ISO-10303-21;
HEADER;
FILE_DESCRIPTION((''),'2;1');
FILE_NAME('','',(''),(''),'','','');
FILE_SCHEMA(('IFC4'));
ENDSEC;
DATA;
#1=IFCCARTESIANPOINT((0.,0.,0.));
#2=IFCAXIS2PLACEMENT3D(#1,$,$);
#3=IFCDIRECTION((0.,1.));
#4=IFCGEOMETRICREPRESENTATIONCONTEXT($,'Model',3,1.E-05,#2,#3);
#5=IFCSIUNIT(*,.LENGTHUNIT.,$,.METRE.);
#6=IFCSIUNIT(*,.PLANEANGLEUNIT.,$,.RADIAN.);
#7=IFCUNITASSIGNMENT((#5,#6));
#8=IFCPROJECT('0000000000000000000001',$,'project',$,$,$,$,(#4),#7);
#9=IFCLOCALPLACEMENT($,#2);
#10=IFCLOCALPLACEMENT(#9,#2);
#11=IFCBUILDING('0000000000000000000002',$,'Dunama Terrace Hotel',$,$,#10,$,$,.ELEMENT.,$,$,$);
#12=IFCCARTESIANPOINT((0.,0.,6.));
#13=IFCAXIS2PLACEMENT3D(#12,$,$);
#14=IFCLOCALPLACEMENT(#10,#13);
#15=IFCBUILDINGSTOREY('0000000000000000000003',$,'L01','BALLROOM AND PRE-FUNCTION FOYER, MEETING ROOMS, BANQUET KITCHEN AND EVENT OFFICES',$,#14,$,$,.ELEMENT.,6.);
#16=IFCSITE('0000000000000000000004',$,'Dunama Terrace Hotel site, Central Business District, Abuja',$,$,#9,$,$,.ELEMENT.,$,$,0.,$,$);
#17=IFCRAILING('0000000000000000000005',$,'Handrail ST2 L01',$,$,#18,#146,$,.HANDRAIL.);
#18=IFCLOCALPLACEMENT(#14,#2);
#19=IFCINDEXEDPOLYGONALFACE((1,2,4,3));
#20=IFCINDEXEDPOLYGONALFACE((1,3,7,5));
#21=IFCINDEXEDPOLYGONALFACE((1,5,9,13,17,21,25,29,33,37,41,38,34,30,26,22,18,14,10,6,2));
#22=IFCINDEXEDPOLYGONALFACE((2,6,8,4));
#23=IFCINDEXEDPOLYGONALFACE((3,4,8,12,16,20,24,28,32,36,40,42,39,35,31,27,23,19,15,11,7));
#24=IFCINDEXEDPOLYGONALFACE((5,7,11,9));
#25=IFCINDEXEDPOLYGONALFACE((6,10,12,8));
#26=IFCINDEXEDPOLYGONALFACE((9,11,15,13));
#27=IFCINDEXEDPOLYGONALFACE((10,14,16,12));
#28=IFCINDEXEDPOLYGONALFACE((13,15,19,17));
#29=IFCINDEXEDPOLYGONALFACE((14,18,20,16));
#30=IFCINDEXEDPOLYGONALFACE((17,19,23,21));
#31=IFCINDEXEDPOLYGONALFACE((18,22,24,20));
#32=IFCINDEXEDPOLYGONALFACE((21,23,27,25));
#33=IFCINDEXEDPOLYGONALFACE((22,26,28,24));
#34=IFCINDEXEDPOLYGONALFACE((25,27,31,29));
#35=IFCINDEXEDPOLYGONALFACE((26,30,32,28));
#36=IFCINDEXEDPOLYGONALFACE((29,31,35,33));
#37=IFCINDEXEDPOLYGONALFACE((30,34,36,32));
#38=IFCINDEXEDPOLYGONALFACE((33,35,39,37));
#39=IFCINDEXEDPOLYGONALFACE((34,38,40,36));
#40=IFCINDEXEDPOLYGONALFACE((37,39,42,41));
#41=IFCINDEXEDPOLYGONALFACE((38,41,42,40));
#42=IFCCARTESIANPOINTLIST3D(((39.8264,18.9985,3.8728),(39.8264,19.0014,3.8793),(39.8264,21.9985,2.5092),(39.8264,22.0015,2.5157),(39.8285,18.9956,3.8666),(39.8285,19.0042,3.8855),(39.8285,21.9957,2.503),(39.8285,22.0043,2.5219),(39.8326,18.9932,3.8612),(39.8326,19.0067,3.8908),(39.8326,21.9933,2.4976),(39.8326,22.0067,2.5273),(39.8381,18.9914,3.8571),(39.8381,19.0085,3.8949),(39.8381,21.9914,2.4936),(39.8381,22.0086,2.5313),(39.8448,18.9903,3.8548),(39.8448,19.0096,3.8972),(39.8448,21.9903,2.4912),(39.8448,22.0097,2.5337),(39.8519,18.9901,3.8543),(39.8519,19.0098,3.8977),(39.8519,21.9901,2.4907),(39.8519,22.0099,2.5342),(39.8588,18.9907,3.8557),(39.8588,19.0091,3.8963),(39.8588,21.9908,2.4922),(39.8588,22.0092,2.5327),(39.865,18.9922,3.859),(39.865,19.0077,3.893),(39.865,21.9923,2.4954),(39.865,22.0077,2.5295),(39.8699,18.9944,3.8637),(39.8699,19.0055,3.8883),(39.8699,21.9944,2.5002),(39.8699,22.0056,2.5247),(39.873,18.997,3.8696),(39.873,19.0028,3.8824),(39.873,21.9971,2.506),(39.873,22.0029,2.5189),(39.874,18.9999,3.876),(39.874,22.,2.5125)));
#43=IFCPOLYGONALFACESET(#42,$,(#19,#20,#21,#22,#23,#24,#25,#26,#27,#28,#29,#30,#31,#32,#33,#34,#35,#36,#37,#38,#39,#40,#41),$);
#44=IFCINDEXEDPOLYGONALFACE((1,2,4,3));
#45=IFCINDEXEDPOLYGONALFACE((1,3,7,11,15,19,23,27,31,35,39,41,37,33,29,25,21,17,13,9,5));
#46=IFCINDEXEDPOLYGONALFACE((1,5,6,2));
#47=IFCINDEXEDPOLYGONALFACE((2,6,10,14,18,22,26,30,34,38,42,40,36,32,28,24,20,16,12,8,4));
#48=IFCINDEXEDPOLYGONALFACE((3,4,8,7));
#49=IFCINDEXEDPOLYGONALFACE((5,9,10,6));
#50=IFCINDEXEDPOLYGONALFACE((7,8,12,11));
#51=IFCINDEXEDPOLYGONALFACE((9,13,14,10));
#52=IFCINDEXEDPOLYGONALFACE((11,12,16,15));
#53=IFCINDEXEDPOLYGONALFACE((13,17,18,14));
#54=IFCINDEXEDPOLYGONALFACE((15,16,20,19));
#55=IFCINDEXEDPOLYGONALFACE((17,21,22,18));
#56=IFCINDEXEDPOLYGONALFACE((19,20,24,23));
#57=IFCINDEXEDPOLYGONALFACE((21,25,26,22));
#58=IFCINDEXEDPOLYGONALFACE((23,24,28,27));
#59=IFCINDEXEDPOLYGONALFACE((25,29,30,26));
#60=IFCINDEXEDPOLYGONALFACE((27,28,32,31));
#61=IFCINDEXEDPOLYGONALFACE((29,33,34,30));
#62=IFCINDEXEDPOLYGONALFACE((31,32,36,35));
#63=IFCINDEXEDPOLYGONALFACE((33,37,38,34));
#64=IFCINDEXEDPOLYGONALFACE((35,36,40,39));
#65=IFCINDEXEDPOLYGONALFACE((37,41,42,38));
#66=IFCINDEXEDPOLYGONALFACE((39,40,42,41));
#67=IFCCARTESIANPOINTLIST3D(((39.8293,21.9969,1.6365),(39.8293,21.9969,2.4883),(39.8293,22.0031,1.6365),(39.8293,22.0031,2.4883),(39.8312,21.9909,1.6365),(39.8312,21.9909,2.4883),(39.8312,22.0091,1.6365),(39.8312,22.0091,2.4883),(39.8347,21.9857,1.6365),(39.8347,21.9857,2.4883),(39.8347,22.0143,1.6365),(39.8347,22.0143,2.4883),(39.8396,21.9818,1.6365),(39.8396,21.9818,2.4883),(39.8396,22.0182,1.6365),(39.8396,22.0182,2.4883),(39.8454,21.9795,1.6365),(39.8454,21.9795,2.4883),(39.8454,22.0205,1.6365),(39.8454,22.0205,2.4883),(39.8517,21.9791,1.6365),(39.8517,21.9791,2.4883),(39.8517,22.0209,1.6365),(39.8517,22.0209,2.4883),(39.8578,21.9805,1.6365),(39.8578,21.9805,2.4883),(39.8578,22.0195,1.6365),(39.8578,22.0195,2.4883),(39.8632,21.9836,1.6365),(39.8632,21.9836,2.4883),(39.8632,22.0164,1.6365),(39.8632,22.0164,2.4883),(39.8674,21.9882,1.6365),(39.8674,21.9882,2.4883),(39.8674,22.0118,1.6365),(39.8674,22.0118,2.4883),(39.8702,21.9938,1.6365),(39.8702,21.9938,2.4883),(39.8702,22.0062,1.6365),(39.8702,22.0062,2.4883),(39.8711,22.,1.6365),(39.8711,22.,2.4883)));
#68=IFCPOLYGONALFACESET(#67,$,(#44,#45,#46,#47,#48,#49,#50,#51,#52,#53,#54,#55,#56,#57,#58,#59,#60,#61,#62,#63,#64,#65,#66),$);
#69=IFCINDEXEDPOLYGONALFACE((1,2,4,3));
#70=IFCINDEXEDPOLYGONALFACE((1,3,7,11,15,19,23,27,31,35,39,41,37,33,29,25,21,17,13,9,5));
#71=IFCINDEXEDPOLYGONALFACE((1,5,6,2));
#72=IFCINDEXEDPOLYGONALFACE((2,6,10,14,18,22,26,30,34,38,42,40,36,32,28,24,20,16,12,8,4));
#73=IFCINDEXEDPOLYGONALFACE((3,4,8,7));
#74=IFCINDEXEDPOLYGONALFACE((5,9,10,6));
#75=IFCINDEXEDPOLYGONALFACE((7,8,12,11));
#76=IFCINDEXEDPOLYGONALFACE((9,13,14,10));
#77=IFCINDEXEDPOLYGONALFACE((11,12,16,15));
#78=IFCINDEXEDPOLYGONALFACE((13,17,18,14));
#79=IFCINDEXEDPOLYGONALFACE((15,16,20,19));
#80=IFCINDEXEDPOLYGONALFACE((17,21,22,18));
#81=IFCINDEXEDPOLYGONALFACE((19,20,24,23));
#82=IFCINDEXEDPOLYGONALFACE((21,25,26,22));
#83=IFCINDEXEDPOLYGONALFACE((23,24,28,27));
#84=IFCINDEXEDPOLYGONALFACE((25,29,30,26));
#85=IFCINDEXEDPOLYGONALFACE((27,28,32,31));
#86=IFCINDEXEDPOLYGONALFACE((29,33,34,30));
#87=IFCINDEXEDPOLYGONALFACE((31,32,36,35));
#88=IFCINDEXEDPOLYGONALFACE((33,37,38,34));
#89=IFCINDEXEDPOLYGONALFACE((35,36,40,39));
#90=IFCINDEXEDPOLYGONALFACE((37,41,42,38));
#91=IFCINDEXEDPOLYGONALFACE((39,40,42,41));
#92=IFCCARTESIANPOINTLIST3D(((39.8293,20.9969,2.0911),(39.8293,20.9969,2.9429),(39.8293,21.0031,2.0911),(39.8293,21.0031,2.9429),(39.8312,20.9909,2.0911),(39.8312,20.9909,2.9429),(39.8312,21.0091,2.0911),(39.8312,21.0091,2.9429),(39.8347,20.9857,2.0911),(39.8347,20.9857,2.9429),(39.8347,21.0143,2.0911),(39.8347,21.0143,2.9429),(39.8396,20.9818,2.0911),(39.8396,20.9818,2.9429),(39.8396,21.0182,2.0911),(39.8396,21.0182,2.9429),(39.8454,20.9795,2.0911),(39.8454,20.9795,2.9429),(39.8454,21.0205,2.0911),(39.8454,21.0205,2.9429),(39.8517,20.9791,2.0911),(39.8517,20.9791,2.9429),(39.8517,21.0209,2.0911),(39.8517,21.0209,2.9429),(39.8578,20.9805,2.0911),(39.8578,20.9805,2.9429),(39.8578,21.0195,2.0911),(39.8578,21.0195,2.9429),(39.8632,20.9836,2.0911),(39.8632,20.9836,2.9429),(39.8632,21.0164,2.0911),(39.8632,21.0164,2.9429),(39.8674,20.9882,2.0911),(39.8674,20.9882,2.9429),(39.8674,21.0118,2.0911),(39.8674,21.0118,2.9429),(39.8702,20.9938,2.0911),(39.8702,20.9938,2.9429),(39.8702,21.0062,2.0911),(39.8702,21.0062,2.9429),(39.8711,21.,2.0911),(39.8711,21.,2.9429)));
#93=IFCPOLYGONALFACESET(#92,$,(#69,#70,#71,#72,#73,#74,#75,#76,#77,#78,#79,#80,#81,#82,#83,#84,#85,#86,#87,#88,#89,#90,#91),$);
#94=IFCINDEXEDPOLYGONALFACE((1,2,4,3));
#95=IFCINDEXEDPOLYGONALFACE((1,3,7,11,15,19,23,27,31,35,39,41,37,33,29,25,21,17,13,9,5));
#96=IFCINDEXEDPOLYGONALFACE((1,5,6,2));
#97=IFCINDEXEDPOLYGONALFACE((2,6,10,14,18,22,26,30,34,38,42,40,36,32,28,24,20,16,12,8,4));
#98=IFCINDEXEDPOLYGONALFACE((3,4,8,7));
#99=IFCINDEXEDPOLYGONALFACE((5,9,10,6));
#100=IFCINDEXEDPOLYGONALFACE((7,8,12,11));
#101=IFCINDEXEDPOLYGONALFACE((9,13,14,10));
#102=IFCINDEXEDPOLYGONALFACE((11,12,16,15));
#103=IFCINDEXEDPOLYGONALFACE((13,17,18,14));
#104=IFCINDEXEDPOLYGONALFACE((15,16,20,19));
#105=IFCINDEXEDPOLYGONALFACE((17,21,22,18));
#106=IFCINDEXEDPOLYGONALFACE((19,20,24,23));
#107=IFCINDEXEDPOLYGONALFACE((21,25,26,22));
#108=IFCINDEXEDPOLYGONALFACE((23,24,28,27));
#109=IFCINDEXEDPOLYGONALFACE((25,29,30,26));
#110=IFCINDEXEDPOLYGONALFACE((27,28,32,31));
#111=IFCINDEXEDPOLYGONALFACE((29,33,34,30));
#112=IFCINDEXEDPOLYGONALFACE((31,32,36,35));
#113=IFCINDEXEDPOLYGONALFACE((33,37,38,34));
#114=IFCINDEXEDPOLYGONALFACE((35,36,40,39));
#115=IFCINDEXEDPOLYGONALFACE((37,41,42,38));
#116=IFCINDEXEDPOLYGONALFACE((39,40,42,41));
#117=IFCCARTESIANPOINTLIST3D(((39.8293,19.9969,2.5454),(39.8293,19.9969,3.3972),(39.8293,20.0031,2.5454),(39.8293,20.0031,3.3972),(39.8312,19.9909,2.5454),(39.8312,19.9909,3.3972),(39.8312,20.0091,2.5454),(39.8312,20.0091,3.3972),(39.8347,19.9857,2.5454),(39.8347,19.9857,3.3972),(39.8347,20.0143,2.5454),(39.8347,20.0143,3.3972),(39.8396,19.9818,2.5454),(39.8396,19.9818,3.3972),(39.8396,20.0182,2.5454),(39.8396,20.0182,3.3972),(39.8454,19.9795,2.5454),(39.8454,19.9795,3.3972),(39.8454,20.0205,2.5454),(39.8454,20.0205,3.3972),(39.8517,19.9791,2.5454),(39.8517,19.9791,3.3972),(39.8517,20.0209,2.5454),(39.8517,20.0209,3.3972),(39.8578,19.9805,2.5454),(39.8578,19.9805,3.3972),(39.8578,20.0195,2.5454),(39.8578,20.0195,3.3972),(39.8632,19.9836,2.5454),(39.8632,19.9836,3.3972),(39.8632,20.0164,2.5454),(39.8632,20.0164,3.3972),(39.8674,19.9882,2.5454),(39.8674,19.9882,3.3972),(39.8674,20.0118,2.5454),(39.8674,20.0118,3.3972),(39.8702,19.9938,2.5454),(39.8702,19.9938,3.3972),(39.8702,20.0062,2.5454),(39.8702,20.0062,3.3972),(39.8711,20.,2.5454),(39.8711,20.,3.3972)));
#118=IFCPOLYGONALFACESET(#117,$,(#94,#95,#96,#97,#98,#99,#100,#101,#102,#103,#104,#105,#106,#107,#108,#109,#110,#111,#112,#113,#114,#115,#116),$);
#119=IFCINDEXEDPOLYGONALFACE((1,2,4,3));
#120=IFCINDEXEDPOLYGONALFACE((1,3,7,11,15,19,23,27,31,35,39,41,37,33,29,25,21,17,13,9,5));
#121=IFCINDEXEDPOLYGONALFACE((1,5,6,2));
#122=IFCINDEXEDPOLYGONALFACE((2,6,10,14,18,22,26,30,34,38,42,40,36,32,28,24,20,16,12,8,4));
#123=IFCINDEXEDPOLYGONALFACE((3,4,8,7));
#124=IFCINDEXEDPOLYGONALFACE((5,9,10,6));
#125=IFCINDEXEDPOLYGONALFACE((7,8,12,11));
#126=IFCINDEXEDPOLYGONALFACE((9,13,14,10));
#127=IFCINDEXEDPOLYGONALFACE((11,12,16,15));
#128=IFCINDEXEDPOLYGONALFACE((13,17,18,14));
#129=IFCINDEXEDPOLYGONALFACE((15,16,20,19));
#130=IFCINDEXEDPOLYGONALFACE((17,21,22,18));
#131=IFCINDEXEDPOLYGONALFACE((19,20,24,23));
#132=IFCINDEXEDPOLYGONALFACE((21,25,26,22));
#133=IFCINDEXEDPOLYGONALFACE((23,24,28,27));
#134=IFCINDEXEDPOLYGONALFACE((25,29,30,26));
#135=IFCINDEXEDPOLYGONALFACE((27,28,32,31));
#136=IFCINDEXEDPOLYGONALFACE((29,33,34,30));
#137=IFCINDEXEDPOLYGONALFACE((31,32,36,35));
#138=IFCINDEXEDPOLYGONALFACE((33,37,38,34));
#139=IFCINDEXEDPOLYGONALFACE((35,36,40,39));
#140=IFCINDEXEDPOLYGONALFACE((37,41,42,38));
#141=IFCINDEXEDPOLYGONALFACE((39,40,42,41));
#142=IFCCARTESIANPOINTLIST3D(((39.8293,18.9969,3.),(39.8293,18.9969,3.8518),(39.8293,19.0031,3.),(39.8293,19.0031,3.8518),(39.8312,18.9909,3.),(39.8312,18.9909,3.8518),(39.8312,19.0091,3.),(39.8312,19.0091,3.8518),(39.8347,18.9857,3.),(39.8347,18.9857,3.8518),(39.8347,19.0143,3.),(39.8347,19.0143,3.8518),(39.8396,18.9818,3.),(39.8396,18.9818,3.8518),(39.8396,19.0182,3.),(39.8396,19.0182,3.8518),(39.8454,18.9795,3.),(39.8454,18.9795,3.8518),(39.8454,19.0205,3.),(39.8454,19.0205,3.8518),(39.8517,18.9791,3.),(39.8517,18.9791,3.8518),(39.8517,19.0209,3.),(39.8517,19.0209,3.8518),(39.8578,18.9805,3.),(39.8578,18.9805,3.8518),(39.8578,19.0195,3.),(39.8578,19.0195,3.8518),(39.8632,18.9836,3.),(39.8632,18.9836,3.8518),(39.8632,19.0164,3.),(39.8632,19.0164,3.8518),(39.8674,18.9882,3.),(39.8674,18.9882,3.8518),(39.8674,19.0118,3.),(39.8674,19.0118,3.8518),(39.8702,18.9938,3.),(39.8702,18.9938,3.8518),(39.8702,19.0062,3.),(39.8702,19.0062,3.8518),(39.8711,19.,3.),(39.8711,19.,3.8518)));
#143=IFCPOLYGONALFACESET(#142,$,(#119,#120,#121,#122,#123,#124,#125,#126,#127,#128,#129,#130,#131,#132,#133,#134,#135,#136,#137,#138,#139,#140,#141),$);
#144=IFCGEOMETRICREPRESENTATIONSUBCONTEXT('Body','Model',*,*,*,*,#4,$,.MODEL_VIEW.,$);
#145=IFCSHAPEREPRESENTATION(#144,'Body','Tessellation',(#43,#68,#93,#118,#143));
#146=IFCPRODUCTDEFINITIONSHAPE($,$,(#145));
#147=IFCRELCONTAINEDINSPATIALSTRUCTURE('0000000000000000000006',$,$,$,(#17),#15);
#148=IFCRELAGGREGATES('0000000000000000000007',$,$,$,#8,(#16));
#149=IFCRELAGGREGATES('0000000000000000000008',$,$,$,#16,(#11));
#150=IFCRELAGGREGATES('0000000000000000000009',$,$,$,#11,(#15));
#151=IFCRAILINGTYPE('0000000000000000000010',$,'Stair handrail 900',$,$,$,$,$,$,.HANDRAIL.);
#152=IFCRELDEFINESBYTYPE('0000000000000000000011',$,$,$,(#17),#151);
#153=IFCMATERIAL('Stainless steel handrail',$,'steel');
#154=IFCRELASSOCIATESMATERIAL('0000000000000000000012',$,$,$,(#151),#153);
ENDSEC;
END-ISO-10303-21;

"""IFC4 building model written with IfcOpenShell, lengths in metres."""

from ifc_helpers import new_model, si_unit, direction, frame, origin, origin_2d, place, context, subcontext, project, spatial, circle, extrude, material, type_object, element, save


model = new_model("IFC4")

# Units and contexts
model_context = context("Model", 3, precision=1e-05, world=origin(), true_north=direction((0.0, 1.0)))
body_context = subcontext(model_context, "Body", "Model", "MODEL_VIEW")
ifc_project = project(units=[si_unit("LENGTHUNIT", "METRE"), si_unit("PLANEANGLEUNIT", "RADIAN")], contexts=[model_context])

# Site, building, storey
site_placement = place(None, origin())
site = spatial("IfcSite", under=ifc_project, at=site_placement, Name="Dunama Terrace Hotel site, Central Business District, Abuja", CompositionType="ELEMENT", RefElevation=0.0)
building_placement = place(site_placement, origin())
building = spatial("IfcBuilding", under=site, at=building_placement, Name="Dunama Terrace Hotel", CompositionType="ELEMENT")
storey_placement = place(building_placement, frame((0.0, 0.0, 6.0)))
storey = spatial("IfcBuildingStorey", under=building, at=storey_placement, Name="L01", Description="BALLROOM AND PRE-FUNCTION FOYER, MEETING ROOMS, BANQUET KITCHEN AND EVENT OFFICES", CompositionType="ELEMENT", Elevation=6.0)

# Railing
ifc_material_1 = material(Name="Stainless steel handrail", Category="steel")
railing_type = type_object("IfcRailingType", Name="Stair handrail 900", PredefinedType="HANDRAIL", material=ifc_material_1)
for number, where, name in (
    (1, (39.8501, 22.0, 1.6365), "Handrail ST2 L01"),
):
    element("IfcRailing", number, at=place(storey_placement, frame(where)), inside=storey, type_object=railing_type, Name=name, PredefinedType="HANDRAIL", context=body_context, shape_type="SweptSolid", body=[
        extrude(circle(Radius=0.0239, at=origin_2d()), frame((0.0, 0.0, 0.876), z_axis=(0.0, -0.910379, 0.413775), x_axis=(1.0, 0.0, 0.0)), (0.0, 0.0, 1.0), 3.2954),
        extrude(circle(Radius=0.021, at=origin_2d()), origin(), (0.0, 0.0, 1.0), 0.8518),
        extrude(circle(Radius=0.021, at=origin_2d()), frame((0.0, -1.0, 0.4546)), (0.0, 0.0, 1.0), 0.8518),
        extrude(circle(Radius=0.021, at=origin_2d()), frame((0.0, -2.0, 0.9089)), (0.0, 0.0, 1.0), 0.8518),
        extrude(circle(Radius=0.021, at=origin_2d()), frame((0.0, -3.0, 1.3635)), (0.0, 0.0, 1.0), 0.8518),
    ])

save(model, "model.ifc")
